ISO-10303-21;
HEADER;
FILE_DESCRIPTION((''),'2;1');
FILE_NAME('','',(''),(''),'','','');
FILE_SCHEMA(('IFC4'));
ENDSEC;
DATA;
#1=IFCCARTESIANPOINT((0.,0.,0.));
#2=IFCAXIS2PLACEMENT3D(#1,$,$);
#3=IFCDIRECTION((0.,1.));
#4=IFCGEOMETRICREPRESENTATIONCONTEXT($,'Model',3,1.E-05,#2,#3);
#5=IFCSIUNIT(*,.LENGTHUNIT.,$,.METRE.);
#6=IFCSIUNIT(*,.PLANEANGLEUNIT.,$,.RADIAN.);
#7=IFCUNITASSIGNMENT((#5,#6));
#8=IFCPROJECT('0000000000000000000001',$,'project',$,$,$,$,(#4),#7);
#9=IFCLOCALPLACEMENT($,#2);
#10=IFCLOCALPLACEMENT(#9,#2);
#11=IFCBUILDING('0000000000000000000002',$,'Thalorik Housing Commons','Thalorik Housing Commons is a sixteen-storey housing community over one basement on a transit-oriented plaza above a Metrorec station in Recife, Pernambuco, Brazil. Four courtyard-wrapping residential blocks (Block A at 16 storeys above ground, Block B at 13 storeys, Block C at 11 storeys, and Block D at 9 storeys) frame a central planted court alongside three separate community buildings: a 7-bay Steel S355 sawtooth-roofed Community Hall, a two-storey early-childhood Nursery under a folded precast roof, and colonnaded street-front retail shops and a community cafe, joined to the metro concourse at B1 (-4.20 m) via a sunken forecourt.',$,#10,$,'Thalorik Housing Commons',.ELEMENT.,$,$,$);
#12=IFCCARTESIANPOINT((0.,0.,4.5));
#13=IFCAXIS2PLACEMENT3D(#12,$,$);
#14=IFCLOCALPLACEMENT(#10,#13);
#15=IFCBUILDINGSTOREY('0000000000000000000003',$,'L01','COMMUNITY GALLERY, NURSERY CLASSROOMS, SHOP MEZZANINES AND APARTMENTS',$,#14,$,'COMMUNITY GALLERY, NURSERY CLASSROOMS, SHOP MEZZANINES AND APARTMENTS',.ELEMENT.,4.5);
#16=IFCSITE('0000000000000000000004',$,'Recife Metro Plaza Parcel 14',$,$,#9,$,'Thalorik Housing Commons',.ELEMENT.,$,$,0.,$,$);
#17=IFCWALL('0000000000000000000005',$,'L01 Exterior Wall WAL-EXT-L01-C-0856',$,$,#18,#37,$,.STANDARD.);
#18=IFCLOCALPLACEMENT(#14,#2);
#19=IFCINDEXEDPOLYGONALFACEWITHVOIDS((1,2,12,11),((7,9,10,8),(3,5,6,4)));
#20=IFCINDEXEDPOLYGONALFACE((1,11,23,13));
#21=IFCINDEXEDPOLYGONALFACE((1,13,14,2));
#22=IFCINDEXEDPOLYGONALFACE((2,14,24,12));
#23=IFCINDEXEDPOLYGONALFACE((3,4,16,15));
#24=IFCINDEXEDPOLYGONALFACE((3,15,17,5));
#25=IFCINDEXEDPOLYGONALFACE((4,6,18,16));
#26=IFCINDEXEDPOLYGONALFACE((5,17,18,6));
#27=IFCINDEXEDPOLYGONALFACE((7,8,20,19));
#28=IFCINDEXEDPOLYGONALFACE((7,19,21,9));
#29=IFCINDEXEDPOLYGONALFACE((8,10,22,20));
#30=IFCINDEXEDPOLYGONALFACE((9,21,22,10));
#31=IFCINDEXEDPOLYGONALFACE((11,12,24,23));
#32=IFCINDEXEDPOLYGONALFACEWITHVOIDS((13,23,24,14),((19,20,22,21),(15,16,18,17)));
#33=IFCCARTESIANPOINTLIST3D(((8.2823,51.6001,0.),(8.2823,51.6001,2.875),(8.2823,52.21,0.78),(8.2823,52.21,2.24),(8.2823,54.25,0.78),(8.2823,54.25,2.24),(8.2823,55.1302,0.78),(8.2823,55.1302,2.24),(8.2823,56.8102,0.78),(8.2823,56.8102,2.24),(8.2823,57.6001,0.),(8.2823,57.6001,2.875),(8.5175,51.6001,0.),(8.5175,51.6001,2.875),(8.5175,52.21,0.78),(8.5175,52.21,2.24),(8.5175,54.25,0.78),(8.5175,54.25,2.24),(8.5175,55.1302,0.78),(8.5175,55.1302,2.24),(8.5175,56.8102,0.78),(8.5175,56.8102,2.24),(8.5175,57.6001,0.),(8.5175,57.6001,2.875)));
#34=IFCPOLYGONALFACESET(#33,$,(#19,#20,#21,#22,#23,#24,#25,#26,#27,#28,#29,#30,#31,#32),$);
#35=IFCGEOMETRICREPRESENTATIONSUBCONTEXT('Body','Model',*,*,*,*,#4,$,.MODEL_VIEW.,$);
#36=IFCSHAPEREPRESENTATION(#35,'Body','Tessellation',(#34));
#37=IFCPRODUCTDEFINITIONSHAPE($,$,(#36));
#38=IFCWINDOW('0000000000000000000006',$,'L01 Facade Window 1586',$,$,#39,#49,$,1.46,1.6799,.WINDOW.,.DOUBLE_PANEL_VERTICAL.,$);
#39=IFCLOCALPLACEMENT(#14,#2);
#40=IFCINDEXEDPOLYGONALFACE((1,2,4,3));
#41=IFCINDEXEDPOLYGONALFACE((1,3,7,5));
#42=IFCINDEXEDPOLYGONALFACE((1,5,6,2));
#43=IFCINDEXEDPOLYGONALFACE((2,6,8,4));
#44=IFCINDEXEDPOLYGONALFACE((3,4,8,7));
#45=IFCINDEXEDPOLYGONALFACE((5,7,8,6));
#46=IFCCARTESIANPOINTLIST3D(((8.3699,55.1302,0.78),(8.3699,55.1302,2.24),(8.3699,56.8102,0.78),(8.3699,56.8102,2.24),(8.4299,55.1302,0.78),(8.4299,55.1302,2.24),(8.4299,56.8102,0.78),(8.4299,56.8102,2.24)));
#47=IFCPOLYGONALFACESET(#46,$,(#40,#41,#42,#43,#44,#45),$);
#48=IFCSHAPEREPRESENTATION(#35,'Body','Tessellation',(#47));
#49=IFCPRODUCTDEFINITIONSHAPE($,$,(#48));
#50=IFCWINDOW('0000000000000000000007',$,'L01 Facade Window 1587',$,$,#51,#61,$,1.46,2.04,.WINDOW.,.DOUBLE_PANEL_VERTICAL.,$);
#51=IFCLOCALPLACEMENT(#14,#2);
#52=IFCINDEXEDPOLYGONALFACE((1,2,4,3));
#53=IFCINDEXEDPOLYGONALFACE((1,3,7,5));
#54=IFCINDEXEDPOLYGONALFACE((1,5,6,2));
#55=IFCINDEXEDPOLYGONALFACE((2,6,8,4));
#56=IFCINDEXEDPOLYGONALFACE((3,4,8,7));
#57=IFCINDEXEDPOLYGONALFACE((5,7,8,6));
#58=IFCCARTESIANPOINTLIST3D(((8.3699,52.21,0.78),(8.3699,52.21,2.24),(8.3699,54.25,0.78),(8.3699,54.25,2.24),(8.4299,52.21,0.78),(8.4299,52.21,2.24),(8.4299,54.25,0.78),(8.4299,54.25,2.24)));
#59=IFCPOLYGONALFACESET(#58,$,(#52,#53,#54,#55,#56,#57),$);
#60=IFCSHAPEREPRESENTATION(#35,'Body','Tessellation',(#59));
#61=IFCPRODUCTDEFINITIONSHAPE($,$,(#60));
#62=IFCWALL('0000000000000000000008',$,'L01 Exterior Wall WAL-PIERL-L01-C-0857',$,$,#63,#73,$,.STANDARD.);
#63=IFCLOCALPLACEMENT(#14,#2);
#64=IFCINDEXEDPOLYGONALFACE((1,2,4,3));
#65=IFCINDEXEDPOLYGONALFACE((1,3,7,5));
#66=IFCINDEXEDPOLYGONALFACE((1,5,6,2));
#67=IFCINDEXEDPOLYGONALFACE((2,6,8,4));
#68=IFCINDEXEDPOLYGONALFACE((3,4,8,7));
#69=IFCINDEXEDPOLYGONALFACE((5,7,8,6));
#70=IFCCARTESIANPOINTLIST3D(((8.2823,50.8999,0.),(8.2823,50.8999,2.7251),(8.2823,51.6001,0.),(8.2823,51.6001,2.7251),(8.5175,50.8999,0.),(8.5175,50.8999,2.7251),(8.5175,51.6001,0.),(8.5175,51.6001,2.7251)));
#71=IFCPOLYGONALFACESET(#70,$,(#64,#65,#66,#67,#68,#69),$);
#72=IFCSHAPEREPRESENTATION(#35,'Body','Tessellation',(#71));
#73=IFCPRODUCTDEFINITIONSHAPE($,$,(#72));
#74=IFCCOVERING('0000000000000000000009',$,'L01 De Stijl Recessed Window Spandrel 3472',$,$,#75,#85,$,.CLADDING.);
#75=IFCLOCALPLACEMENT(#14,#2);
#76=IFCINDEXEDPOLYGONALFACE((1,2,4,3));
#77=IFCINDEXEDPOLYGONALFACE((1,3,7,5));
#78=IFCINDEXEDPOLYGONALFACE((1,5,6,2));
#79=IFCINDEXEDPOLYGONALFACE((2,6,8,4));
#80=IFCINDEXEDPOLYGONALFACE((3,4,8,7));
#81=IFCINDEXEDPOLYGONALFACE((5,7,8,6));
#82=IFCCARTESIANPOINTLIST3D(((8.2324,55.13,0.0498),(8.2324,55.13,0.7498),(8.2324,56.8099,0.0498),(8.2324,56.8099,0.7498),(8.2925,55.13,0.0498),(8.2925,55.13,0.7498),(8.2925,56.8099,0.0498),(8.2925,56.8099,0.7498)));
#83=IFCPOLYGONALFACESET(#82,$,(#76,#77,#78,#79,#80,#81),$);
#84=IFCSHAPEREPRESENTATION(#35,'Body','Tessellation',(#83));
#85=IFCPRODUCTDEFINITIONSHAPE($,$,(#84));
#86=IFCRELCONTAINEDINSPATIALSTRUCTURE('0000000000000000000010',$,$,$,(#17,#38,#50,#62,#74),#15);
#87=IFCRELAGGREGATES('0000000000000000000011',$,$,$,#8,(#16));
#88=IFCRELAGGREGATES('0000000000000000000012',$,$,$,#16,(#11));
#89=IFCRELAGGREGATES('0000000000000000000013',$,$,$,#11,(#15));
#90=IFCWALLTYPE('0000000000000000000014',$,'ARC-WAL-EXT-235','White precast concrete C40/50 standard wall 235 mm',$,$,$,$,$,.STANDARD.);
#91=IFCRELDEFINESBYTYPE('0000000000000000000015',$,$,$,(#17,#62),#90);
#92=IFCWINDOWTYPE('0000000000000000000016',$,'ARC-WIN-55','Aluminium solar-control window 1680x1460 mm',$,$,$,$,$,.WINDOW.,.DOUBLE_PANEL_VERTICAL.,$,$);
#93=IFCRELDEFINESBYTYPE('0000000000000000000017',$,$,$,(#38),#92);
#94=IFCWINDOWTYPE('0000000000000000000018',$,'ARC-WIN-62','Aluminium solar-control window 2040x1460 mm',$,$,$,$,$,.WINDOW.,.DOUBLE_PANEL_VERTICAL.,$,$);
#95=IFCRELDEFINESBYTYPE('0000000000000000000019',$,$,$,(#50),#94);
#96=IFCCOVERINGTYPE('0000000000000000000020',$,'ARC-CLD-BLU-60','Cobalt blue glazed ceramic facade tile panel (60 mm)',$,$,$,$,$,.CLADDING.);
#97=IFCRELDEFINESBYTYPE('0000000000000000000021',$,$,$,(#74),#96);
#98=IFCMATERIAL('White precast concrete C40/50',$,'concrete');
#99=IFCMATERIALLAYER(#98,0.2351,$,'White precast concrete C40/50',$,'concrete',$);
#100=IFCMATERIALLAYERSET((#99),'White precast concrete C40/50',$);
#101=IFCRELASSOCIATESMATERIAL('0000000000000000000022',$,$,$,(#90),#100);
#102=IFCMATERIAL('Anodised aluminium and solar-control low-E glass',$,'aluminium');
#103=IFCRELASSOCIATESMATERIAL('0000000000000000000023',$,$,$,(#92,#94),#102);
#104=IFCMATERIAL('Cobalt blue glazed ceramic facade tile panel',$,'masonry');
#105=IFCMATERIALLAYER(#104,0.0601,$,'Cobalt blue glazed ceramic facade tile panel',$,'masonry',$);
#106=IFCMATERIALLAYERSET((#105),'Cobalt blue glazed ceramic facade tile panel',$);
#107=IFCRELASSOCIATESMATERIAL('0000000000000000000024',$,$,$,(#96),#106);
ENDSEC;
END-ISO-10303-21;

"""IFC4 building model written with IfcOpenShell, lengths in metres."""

from ifc_helpers import new_model, si_unit, direction, frame, frame_2d, origin, origin_2d, place, context, subcontext, project, spatial, rectangle, extrude, material, layer, layer_set, type_object, element, fill, save


model = new_model("IFC4")

# Units and contexts
model_context = context("Model", 3, precision=1e-05, world=origin(), true_north=direction((0.0, 1.0)))
body_context = subcontext(model_context, "Body", "Model", "MODEL_VIEW")
ifc_project = project(units=[si_unit("LENGTHUNIT", "METRE"), si_unit("PLANEANGLEUNIT", "RADIAN")], contexts=[model_context])

# Site, building, storey
site_placement = place(None, origin())
site = spatial("IfcSite", under=ifc_project, at=site_placement, Name="Recife Metro Plaza Parcel 14", LongName="Thalorik Housing Commons", CompositionType="ELEMENT", RefElevation=0.0)
building_placement = place(site_placement, origin())
building = spatial("IfcBuilding", under=site, at=building_placement, Name="Thalorik Housing Commons", Description="Thalorik Housing Commons is a sixteen-storey housing community over one basement on a transit-oriented plaza above a Metrorec station in Recife, Pernambuco, Brazil. Four courtyard-wrapping residential blocks (Block A at 16 storeys above ground, Block B at 13 storeys, Block C at 11 storeys, and Block D at 9 storeys) frame a central planted court alongside three separate community buildings: a 7-bay Steel S355 sawtooth-roofed Community Hall, a two-storey early-childhood Nursery under a folded precast roof, and colonnaded street-front retail shops and a community cafe, joined to the metro concourse at B1 (-4.20 m) via a sunken forecourt.", LongName="Thalorik Housing Commons", CompositionType="ELEMENT")
storey_placement = place(building_placement, frame((0.0, 0.0, 4.5)))
storey = spatial("IfcBuildingStorey", under=building, at=storey_placement, Name="L01", Description="COMMUNITY GALLERY, NURSERY CLASSROOMS, SHOP MEZZANINES AND APARTMENTS", LongName="COMMUNITY GALLERY, NURSERY CLASSROOMS, SHOP MEZZANINES AND APARTMENTS", CompositionType="ELEMENT", Elevation=4.5)

# Shared definitions
ifc_material_1 = material(Name="Anodised aluminium and solar-control low-E glass", Category="aluminium")

# Shared definitions
ifc_material_2 = material(Name="White precast concrete C40/50", Category="concrete")
ifc_layer_1 = layer(ifc_material_2, 0.2351, Name="White precast concrete C40/50", Category="concrete")
ifc_layer_set_1 = layer_set([ifc_layer_1], Name="White precast concrete C40/50")
wall_type = type_object("IfcWallType", Name="ARC-WAL-EXT-235", Description="White precast concrete C40/50 standard wall 235 mm", PredefinedType="STANDARD", material=ifc_layer_set_1)

# Wall, openings, windows
wall_1_placement = place(storey_placement, frame((8.3999, 57.6001, 0.0), z_axis=(0.0, 0.0, 1.0), x_axis=(0.0, -1.0, 0.0)))
wall_1 = element("IfcWall", 1, at=wall_1_placement, inside=storey, type_object=wall_type, Name="L01 Exterior Wall WAL-EXT-L01-C-0856", PredefinedType="STANDARD", context=body_context, shape_type="SweptSolid", body=[
    extrude(rectangle(XDim=6.0, YDim=0.2351, at=frame_2d((3.0, 0.0))), origin(), (0.0, 0.0, 1.0), 2.875),
])
opening_1_placement = place(wall_1_placement, frame((0.79, 0.0, 0.78)))
opening_1 = element("IfcOpeningElement", 2, at=opening_1_placement, cuts=wall_1, PredefinedType="OPENING", context=body_context, shape_type="SweptSolid", body=[
    extrude(rectangle(XDim=1.6799, YDim=1.46, at=frame_2d((0.8398, 0.73))), frame((0.0, 0.1274, 0.0), z_axis=(0.0, -1.0, 0.0), x_axis=(1.0, 0.0, 0.0)), (0.0, 0.0, 1.0), 0.2551),
])
opening_2_placement = place(wall_1_placement, frame((3.3501, 0.0, 0.78)))
opening_2 = element("IfcOpeningElement", 3, at=opening_2_placement, cuts=wall_1, PredefinedType="OPENING", context=body_context, shape_type="SweptSolid", body=[
    extrude(rectangle(XDim=2.04, YDim=1.46, at=frame_2d((1.02, 0.73))), frame((0.0, 0.1274, 0.0), z_axis=(0.0, -1.0, 0.0), x_axis=(1.0, 0.0, 0.0)), (0.0, 0.0, 1.0), 0.2551),
])
window_type_1 = type_object("IfcWindowType", Name="ARC-WIN-55", Description="Aluminium solar-control window 1680x1460 mm", PartitioningType="DOUBLE_PANEL_VERTICAL", PredefinedType="WINDOW", material=ifc_material_1)
window_1_placement = place(opening_1_placement, origin())
window_1 = element("IfcWindow", 4, at=window_1_placement, inside=storey, type_object=window_type_1, Name="L01 Facade Window 1586", OverallHeight=1.46, OverallWidth=1.6799, PartitioningType="DOUBLE_PANEL_VERTICAL", PredefinedType="WINDOW", context=body_context, shape_type="SweptSolid", body=[
    extrude(rectangle(XDim=1.6799, YDim=1.46, at=frame_2d((0.8398, 0.73))), frame((0.0, 0.03, 0.0), z_axis=(0.0, -1.0, 0.0), x_axis=(1.0, 0.0, 0.0)), (0.0, 0.0, 1.0), 0.0601),
])
fill(opening_1, window_1)
window_type_2 = type_object("IfcWindowType", Name="ARC-WIN-62", Description="Aluminium solar-control window 2040x1460 mm", PartitioningType="DOUBLE_PANEL_VERTICAL", PredefinedType="WINDOW", material=ifc_material_1)
window_2_placement = place(opening_2_placement, origin())
window_2 = element("IfcWindow", 5, at=window_2_placement, inside=storey, type_object=window_type_2, Name="L01 Facade Window 1587", OverallHeight=1.46, OverallWidth=2.04, PartitioningType="DOUBLE_PANEL_VERTICAL", PredefinedType="WINDOW", context=body_context, shape_type="SweptSolid", body=[
    extrude(rectangle(XDim=2.04, YDim=1.46, at=frame_2d((1.02, 0.73))), frame((0.0, 0.03, 0.0), z_axis=(0.0, -1.0, 0.0), x_axis=(1.0, 0.0, 0.0)), (0.0, 0.0, 1.0), 0.0601),
])
fill(opening_2, window_2)

# Wall
wall_2_placement = place(storey_placement, frame((8.3999, 51.6001, 0.0), z_axis=(0.0, 0.0, 1.0), x_axis=(0.0, -1.0, 0.0)))
element("IfcWall", 6, at=wall_2_placement, inside=storey, type_object=wall_type, Name="L01 Exterior Wall WAL-PIERL-L01-C-0857", PredefinedType="STANDARD", context=body_context, shape_type="SweptSolid", body=[
    extrude(rectangle(XDim=0.7002, YDim=0.2351, at=frame_2d((0.3501, 0.0))), origin(), (0.0, 0.0, 1.0), 2.7251),
])

# Covering
ifc_material_3 = material(Name="Cobalt blue glazed ceramic facade tile panel", Category="masonry")
ifc_layer_2 = layer(ifc_material_3, 0.0601, Name="Cobalt blue glazed ceramic facade tile panel", Category="masonry")
ifc_layer_set_2 = layer_set([ifc_layer_2], Name="Cobalt blue glazed ceramic facade tile panel")
covering_type_1 = type_object("IfcCoveringType", Name="ARC-CLD-BLU-60", Description="Cobalt blue glazed ceramic facade tile panel (60 mm)", PredefinedType="CLADDING", material=ifc_layer_set_2)
covering_1_placement = place(storey_placement, frame((8.2625, 55.97, 0.0498), z_axis=(0.0, 0.0, 1.0), x_axis=(0.0, -1.0, 0.0)))
element("IfcCovering", 7, at=covering_1_placement, inside=storey, type_object=covering_type_1, Name="L01 De Stijl Recessed Window Spandrel 3472", PredefinedType="CLADDING", context=body_context, shape_type="SweptSolid", body=[
    extrude(rectangle(XDim=1.6799, YDim=0.0601, at=origin_2d()), origin(), (0.0, 0.0, 1.0), 0.7),
])

save(model, "model.ifc")
